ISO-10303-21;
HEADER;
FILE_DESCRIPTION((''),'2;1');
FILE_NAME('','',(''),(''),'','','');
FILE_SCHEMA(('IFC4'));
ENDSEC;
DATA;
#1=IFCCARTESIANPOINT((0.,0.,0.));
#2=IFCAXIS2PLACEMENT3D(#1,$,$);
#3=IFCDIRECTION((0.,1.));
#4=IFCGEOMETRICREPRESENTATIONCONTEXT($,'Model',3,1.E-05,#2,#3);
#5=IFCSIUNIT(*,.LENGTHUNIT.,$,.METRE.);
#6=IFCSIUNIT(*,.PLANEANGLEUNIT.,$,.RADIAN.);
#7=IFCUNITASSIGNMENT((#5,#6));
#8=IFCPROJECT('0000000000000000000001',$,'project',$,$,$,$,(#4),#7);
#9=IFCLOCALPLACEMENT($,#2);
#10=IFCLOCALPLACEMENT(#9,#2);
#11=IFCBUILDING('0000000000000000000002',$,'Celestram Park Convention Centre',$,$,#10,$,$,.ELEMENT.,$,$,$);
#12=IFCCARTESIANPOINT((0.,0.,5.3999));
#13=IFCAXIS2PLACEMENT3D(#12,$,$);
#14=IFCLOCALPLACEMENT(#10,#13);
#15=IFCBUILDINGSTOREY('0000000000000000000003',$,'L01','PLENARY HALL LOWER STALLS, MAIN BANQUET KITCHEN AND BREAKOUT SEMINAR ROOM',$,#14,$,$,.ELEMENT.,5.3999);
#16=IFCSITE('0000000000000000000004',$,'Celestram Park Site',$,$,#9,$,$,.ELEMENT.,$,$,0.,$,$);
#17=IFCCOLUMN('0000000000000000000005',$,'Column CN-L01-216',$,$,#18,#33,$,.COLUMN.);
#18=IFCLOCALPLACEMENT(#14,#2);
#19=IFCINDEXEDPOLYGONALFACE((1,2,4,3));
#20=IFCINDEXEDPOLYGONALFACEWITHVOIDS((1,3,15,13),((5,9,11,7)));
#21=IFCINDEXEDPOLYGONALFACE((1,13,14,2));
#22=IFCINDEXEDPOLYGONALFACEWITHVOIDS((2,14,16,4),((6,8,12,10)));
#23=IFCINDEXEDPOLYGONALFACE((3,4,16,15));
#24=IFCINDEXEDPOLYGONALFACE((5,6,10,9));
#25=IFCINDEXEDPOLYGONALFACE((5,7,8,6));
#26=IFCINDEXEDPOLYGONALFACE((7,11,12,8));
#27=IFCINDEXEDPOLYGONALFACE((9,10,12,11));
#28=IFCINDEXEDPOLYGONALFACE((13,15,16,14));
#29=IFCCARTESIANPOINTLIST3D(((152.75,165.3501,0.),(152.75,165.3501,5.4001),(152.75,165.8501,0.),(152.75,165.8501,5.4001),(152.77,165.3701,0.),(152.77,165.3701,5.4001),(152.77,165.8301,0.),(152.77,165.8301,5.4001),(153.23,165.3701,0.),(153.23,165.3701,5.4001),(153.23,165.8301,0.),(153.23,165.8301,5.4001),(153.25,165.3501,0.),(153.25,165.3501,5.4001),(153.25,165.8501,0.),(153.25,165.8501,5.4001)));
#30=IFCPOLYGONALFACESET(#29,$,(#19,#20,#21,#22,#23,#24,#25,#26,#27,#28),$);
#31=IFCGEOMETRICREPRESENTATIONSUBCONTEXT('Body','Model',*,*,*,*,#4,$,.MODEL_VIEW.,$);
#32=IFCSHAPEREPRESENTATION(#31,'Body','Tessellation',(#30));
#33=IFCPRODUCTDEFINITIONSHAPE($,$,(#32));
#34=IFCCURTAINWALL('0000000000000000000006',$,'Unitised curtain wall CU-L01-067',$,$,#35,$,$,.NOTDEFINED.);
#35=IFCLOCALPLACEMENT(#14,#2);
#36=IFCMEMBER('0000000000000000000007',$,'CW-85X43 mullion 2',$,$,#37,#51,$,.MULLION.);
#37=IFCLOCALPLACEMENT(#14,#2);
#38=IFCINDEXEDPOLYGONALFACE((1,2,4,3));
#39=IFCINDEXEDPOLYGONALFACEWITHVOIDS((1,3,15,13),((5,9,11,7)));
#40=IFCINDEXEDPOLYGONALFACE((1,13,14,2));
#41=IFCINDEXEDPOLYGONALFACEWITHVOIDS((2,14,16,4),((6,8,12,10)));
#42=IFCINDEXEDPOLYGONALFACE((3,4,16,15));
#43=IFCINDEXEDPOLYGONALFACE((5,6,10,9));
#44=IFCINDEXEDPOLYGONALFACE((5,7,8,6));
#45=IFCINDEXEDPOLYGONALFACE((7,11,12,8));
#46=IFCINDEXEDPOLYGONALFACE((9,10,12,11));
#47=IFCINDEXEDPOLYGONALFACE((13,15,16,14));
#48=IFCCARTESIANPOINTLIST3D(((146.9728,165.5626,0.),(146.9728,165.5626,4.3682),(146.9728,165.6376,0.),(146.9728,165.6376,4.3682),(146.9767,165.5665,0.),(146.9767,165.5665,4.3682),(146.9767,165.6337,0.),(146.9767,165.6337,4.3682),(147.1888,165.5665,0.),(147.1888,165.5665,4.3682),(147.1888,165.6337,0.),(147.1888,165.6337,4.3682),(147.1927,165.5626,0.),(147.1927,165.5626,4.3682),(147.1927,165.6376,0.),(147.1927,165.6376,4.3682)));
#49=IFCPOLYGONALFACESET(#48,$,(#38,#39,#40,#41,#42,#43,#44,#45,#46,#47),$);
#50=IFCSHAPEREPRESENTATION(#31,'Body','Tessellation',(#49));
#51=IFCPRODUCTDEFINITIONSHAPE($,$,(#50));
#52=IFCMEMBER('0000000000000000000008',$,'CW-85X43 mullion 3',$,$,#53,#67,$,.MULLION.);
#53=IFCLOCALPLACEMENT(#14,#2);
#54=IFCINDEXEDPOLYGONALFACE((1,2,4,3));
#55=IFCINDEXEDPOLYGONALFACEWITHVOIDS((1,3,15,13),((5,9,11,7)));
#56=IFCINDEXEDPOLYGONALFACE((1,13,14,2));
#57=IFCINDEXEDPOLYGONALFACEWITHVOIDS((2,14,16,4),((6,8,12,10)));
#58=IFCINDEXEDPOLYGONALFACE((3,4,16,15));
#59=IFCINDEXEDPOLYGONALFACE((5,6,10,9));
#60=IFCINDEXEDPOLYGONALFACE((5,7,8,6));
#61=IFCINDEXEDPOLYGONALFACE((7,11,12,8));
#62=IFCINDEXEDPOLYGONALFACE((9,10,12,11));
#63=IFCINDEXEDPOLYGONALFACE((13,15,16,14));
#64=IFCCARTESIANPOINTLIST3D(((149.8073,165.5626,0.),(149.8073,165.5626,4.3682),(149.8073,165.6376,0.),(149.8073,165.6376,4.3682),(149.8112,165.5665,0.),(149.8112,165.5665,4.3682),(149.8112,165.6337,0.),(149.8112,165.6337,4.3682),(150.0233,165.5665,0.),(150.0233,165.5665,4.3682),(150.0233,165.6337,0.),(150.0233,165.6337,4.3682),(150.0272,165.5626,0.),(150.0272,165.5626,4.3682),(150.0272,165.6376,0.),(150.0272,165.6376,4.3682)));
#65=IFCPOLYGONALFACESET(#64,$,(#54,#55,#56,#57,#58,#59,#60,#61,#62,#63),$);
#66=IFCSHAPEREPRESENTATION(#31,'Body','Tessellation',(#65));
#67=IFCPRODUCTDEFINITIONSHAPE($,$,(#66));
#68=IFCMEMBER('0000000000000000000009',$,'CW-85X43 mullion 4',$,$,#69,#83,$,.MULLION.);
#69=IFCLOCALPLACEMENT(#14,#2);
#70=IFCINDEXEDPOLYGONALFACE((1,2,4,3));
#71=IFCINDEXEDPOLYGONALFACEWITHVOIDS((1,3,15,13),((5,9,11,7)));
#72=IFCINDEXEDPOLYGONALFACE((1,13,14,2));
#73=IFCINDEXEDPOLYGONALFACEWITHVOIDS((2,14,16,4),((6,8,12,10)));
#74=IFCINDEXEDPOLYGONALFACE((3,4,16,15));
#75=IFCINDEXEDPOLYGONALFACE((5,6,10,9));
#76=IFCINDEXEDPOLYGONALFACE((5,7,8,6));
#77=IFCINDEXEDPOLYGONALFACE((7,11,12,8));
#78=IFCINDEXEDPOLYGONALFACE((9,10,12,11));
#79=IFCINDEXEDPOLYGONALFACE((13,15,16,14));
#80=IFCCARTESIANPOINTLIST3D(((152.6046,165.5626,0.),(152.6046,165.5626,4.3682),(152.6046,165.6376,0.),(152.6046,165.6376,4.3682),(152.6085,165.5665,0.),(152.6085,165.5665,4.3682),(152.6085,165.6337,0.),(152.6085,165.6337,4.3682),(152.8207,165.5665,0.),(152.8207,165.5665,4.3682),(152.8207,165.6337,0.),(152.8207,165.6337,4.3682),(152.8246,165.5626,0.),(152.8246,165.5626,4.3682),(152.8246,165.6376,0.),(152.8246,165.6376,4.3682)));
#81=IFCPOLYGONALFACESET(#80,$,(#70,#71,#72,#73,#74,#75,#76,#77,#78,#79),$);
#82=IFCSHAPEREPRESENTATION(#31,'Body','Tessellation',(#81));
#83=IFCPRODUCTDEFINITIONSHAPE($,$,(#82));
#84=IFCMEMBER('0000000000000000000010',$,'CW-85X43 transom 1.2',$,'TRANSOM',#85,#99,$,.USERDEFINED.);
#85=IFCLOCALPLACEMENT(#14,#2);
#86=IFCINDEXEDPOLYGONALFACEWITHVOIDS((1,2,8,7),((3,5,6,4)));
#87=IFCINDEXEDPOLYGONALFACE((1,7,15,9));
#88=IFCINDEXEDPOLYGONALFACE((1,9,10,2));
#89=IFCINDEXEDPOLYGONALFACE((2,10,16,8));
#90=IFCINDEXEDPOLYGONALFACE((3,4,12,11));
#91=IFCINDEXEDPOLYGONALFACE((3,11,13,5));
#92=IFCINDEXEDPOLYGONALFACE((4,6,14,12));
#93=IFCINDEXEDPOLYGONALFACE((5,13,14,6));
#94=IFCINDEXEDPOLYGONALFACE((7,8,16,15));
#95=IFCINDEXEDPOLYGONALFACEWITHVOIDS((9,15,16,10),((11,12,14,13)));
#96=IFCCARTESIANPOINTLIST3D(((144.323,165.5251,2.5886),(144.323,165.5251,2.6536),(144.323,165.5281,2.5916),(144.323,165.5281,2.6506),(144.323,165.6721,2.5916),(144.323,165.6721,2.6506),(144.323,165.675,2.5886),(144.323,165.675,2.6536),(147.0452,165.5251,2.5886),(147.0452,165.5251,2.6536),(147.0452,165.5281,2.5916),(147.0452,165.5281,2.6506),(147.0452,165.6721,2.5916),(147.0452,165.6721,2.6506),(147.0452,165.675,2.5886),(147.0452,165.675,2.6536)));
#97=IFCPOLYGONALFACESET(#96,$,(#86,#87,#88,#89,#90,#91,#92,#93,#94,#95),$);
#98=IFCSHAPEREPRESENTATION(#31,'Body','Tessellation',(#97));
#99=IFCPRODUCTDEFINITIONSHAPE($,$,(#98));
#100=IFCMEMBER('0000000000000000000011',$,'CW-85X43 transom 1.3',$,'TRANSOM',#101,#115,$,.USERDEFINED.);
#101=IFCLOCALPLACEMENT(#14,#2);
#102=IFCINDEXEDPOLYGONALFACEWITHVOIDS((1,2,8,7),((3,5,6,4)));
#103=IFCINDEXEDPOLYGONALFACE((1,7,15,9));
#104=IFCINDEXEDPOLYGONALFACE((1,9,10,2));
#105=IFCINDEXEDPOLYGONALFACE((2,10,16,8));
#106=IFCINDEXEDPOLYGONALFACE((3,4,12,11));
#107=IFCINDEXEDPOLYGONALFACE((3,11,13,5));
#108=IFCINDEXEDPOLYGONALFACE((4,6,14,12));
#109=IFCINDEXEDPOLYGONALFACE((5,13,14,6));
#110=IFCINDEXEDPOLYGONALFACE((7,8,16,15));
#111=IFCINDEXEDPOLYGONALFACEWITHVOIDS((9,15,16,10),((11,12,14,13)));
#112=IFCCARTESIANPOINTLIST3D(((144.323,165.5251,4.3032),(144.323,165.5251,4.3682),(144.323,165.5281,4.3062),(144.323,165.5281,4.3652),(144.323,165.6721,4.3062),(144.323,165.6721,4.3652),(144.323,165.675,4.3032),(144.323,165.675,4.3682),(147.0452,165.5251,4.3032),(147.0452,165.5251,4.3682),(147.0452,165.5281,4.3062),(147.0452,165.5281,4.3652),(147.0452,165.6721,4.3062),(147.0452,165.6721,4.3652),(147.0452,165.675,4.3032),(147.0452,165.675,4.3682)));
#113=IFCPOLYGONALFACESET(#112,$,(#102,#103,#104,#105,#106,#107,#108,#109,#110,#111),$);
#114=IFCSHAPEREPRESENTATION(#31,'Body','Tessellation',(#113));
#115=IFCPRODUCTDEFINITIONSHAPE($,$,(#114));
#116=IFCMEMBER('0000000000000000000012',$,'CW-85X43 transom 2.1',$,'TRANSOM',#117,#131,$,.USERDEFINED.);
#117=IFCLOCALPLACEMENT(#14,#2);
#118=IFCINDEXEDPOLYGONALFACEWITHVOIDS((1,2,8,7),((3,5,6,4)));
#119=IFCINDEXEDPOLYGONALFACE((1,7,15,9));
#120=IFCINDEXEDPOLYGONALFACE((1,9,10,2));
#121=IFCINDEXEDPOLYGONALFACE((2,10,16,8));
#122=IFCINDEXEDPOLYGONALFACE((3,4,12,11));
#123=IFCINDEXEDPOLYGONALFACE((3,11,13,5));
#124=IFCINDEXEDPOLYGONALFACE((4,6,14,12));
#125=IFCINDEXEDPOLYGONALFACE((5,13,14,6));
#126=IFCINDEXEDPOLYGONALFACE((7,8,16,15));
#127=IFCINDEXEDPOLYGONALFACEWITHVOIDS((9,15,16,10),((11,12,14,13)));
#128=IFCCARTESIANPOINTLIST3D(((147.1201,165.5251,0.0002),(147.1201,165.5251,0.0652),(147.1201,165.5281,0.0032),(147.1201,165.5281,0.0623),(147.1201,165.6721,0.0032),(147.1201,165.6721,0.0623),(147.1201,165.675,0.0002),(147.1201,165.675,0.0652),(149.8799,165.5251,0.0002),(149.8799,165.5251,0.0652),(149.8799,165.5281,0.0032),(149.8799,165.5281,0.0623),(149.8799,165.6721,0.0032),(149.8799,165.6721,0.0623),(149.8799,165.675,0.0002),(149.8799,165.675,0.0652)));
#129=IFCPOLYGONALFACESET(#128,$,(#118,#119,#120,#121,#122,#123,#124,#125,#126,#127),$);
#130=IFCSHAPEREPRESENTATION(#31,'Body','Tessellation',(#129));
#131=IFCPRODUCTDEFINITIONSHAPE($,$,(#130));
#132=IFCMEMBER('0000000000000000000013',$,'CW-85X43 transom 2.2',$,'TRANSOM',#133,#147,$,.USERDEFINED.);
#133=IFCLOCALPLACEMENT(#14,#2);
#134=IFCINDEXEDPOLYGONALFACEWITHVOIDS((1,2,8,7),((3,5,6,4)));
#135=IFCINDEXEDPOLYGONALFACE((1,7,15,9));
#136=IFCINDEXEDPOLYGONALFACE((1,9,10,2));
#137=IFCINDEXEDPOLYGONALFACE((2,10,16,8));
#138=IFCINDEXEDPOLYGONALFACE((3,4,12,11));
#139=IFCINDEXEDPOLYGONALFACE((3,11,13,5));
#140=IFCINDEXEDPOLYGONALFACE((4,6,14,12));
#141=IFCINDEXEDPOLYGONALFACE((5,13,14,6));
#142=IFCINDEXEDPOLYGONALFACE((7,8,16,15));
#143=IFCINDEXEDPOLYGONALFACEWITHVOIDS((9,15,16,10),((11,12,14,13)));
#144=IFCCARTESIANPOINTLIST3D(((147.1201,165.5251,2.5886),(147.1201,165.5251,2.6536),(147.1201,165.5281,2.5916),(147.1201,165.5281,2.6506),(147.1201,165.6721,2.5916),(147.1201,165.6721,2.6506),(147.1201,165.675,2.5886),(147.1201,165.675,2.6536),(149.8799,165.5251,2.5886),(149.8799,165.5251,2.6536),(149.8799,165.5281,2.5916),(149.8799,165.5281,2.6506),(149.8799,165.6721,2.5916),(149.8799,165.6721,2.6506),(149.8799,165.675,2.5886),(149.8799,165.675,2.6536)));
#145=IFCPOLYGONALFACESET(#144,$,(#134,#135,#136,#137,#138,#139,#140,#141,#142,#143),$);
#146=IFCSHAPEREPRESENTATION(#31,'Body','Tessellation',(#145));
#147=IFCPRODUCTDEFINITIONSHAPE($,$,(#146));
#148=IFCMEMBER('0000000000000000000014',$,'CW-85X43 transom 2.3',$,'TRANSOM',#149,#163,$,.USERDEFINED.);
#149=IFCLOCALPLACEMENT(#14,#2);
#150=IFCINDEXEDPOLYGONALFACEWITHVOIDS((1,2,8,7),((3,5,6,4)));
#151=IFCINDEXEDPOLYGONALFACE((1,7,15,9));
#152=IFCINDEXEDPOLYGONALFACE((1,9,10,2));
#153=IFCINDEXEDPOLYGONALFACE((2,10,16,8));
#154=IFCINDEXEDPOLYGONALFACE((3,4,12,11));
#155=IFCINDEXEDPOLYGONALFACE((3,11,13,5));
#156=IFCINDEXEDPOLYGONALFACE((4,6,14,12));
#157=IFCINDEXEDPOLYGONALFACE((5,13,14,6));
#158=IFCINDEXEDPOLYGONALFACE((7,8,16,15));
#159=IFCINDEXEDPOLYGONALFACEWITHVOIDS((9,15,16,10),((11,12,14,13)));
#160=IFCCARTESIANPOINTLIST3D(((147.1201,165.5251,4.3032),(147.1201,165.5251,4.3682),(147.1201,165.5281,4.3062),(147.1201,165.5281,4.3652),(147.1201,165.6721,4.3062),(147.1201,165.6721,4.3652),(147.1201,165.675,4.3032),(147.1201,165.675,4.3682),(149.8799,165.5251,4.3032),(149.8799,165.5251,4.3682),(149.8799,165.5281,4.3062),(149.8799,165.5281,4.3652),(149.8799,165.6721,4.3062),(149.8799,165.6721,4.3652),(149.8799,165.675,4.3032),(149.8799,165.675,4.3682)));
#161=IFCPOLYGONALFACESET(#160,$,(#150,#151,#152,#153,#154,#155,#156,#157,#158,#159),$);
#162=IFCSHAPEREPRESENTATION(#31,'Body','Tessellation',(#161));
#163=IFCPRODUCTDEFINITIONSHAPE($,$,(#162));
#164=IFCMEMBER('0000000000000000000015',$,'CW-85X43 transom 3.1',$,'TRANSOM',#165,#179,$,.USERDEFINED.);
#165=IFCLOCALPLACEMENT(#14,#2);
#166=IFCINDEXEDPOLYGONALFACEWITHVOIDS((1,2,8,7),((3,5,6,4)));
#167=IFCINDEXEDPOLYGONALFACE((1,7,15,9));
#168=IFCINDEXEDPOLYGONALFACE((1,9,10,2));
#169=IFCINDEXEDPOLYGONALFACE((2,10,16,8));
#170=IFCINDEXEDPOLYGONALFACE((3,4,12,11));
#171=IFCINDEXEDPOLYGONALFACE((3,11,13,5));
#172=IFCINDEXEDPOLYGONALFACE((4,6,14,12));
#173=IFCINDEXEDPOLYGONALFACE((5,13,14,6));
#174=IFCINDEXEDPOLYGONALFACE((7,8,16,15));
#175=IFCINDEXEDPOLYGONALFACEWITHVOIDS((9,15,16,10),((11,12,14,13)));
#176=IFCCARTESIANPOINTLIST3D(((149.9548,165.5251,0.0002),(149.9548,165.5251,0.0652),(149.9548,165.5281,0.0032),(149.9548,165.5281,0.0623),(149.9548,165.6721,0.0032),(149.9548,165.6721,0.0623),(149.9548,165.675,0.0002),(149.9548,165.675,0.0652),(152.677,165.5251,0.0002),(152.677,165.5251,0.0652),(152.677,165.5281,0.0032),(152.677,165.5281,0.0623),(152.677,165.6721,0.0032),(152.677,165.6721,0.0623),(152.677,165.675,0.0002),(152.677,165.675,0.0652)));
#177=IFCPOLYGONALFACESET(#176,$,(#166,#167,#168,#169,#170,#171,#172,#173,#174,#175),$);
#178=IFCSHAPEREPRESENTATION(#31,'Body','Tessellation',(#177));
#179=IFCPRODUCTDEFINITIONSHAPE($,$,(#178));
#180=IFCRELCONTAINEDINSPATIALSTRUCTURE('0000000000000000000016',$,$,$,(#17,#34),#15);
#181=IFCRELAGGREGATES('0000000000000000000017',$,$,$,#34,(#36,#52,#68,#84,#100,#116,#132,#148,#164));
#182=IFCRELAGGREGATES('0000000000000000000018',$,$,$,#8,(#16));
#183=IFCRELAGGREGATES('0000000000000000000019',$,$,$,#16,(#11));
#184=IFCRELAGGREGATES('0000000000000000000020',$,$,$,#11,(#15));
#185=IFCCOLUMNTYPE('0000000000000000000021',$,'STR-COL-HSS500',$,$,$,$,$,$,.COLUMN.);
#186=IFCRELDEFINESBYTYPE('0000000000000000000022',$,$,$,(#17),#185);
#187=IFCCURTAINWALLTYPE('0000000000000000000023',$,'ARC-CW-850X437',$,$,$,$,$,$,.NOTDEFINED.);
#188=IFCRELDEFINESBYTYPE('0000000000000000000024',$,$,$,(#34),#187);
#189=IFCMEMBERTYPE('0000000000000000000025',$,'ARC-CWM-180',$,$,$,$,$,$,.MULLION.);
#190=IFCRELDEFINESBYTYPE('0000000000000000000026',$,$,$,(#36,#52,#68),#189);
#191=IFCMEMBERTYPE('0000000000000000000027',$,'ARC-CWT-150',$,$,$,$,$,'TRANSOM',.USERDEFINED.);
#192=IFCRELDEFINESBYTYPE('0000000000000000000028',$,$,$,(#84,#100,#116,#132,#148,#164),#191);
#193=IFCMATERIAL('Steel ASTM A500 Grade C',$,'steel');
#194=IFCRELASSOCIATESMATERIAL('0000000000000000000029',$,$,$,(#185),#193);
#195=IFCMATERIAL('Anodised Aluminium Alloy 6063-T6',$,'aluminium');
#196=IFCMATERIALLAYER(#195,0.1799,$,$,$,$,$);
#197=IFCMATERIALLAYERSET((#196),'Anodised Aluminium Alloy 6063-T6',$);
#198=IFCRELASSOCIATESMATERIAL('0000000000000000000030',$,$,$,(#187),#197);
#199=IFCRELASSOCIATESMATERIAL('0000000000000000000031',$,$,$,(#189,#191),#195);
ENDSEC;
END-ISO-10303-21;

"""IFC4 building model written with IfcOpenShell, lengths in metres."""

from ifc_helpers import new_model, si_unit, direction, frame, origin, origin_2d, place, context, subcontext, project, spatial, hollow_rectangle, extrude, material, layer, layer_set, material_profile, profile_set, type_object, element, aggregate, save


model = new_model("IFC4")

# Units and contexts
model_context = context("Model", 3, precision=1e-05, world=origin(), true_north=direction((0.0, 1.0)))
body_context = subcontext(model_context, "Body", "Model", "MODEL_VIEW")
ifc_project = project(units=[si_unit("LENGTHUNIT", "METRE"), si_unit("PLANEANGLEUNIT", "RADIAN")], contexts=[model_context])

# Site, building, storey
site_placement = place(None, origin())
site = spatial("IfcSite", under=ifc_project, at=site_placement, Name="Celestram Park Site", CompositionType="ELEMENT", RefElevation=0.0)
building_placement = place(site_placement, origin())
building = spatial("IfcBuilding", under=site, at=building_placement, Name="Celestram Park Convention Centre", CompositionType="ELEMENT")
storey_placement = place(building_placement, frame((0.0, 0.0, 5.3999)))
storey = spatial("IfcBuildingStorey", under=building, at=storey_placement, Name="L01", Description="PLENARY HALL LOWER STALLS, MAIN BANQUET KITCHEN AND BREAKOUT SEMINAR ROOM", CompositionType="ELEMENT", Elevation=5.3999)

# Column
ifc_material_1 = material(Name="Steel ASTM A500 Grade C", Category="steel")
ifc_material_profile_1 = material_profile(ifc_material_1, hollow_rectangle(XDim=0.5, YDim=0.5, WallThickness=0.02, at=origin_2d()), Name="HSS500X500X20")
ifc_profile_set_1 = profile_set([ifc_material_profile_1], Name="Steel ASTM A500 Grade C")
column_type = type_object("IfcColumnType", Name="STR-COL-HSS500", PredefinedType="COLUMN", material=ifc_profile_set_1)
column_placement = place(storey_placement, frame((153.0, 165.6001, 0.0), z_axis=(0.0, 0.0, 1.0), x_axis=(1.0, 0.0, 0.0)))
element("IfcColumn", 1, at=column_placement, inside=storey, type_object=column_type, Name="Column CN-L01-216", PredefinedType="COLUMN", context=body_context, shape_type="SweptSolid", body=[
    extrude(hollow_rectangle(XDim=0.5, YDim=0.5, WallThickness=0.02, at=origin_2d()), origin(), (0.0, 0.0, 1.0), 5.4001),
])

# Curtain wall, members
ifc_material_2 = material(Name="Anodised Aluminium Alloy 6063-T6", Category="aluminium")
ifc_layer_1 = layer(ifc_material_2, 0.1799)
ifc_layer_set_1 = layer_set([ifc_layer_1], Name="Anodised Aluminium Alloy 6063-T6")
curtain_wall_type = type_object("IfcCurtainWallType", Name="ARC-CW-850X437", PredefinedType="NOTDEFINED", material=ifc_layer_set_1)
curtain_wall_placement = place(storey_placement, origin())
curtain_wall = element("IfcCurtainWall", 2, at=curtain_wall_placement, inside=storey, type_object=curtain_wall_type, Name="Unitised curtain wall CU-L01-067", PredefinedType="NOTDEFINED")
ifc_material_profile_2 = material_profile(ifc_material_2, hollow_rectangle(XDim=0.075, YDim=0.22, WallThickness=0.0039, at=origin_2d()), Name="ALU75X220X4")
ifc_profile_set_2 = profile_set([ifc_material_profile_2], Name="Anodised Aluminium Alloy 6063-T6")
member_type_1 = type_object("IfcMemberType", Name="ARC-CWM-180", PredefinedType="MULLION", material=ifc_profile_set_2)
member_1_placement = place(storey_placement, frame((147.0828, 165.6001, 0.0), z_axis=(0.0, 0.0, 1.0), x_axis=(0.0, 1.0, 0.0)))
member_1 = element("IfcMember", 3, at=member_1_placement, type_object=member_type_1, Name="CW-85X43 mullion 2", PredefinedType="MULLION", context=body_context, shape_type="SweptSolid", body=[
    extrude(hollow_rectangle(XDim=0.075, YDim=0.22, WallThickness=0.0039, at=origin_2d()), origin(), (0.0, 0.0, 1.0), 4.3682),
])
member_2_placement = place(storey_placement, frame((149.9172, 165.6001, 0.0), z_axis=(0.0, 0.0, 1.0), x_axis=(0.0, 1.0, 0.0)))
member_2 = element("IfcMember", 4, at=member_2_placement, type_object=member_type_1, Name="CW-85X43 mullion 3", PredefinedType="MULLION", context=body_context, shape_type="SweptSolid", body=[
    extrude(hollow_rectangle(XDim=0.075, YDim=0.22, WallThickness=0.0039, at=origin_2d()), origin(), (0.0, 0.0, 1.0), 4.3682),
])
member_3_placement = place(storey_placement, frame((152.7146, 165.6001, 0.0), z_axis=(0.0, 0.0, 1.0), x_axis=(0.0, 1.0, 0.0)))
member_3 = element("IfcMember", 5, at=member_3_placement, type_object=member_type_1, Name="CW-85X43 mullion 4", PredefinedType="MULLION", context=body_context, shape_type="SweptSolid", body=[
    extrude(hollow_rectangle(XDim=0.075, YDim=0.22, WallThickness=0.0039, at=origin_2d()), origin(), (0.0, 0.0, 1.0), 4.3682),
])
ifc_material_profile_3 = material_profile(ifc_material_2, hollow_rectangle(XDim=0.1499, YDim=0.0649, WallThickness=0.0029, at=origin_2d()), Name="ALU150X65X3")
ifc_profile_set_3 = profile_set([ifc_material_profile_3], Name="Anodised Aluminium Alloy 6063-T6")
member_type_2 = type_object("IfcMemberType", Name="ARC-CWT-150", ElementType="TRANSOM", PredefinedType="USERDEFINED", material=ifc_profile_set_3)
member_4_placement = place(storey_placement, frame((144.323, 165.6001, 2.6211), z_axis=(1.0, 0.0, 0.0), x_axis=(0.0, 1.0, 0.0)))
member_4 = element("IfcMember", 6, at=member_4_placement, type_object=member_type_2, Name="CW-85X43 transom 1.2", ObjectType="TRANSOM", PredefinedType="USERDEFINED", context=body_context, shape_type="SweptSolid", body=[
    extrude(hollow_rectangle(XDim=0.1499, YDim=0.0649, WallThickness=0.0029, at=origin_2d()), origin(), (0.0, 0.0, 1.0), 2.7222),
])
member_5_placement = place(storey_placement, frame((144.323, 165.6001, 4.3357), z_axis=(1.0, 0.0, 0.0), x_axis=(0.0, 1.0, 0.0)))
member_5 = element("IfcMember", 7, at=member_5_placement, type_object=member_type_2, Name="CW-85X43 transom 1.3", ObjectType="TRANSOM", PredefinedType="USERDEFINED", context=body_context, shape_type="SweptSolid", body=[
    extrude(hollow_rectangle(XDim=0.1499, YDim=0.0649, WallThickness=0.0029, at=origin_2d()), origin(), (0.0, 0.0, 1.0), 2.7222),
])
member_6_placement = place(storey_placement, frame((147.1201, 165.6001, 0.0327), z_axis=(1.0, 0.0, 0.0), x_axis=(0.0, 1.0, 0.0)))
member_6 = element("IfcMember", 8, at=member_6_placement, type_object=member_type_2, Name="CW-85X43 transom 2.1", ObjectType="TRANSOM", PredefinedType="USERDEFINED", context=body_context, shape_type="SweptSolid", body=[
    extrude(hollow_rectangle(XDim=0.1499, YDim=0.0649, WallThickness=0.0029, at=origin_2d()), origin(), (0.0, 0.0, 1.0), 2.7598),
])
member_7_placement = place(storey_placement, frame((147.1201, 165.6001, 2.6211), z_axis=(1.0, 0.0, 0.0), x_axis=(0.0, 1.0, 0.0)))
member_7 = element("IfcMember", 9, at=member_7_placement, type_object=member_type_2, Name="CW-85X43 transom 2.2", ObjectType="TRANSOM", PredefinedType="USERDEFINED", context=body_context, shape_type="SweptSolid", body=[
    extrude(hollow_rectangle(XDim=0.1499, YDim=0.0649, WallThickness=0.0029, at=origin_2d()), origin(), (0.0, 0.0, 1.0), 2.7598),
])
member_8_placement = place(storey_placement, frame((147.1201, 165.6001, 4.3357), z_axis=(1.0, 0.0, 0.0), x_axis=(0.0, 1.0, 0.0)))
member_8 = element("IfcMember", 10, at=member_8_placement, type_object=member_type_2, Name="CW-85X43 transom 2.3", ObjectType="TRANSOM", PredefinedType="USERDEFINED", context=body_context, shape_type="SweptSolid", body=[
    extrude(hollow_rectangle(XDim=0.1499, YDim=0.0649, WallThickness=0.0029, at=origin_2d()), origin(), (0.0, 0.0, 1.0), 2.7598),
])
member_9_placement = place(storey_placement, frame((149.9548, 165.6001, 0.0327), z_axis=(1.0, 0.0, 0.0), x_axis=(0.0, 1.0, 0.0)))
member_9 = element("IfcMember", 11, at=member_9_placement, type_object=member_type_2, Name="CW-85X43 transom 3.1", ObjectType="TRANSOM", PredefinedType="USERDEFINED", context=body_context, shape_type="SweptSolid", body=[
    extrude(hollow_rectangle(XDim=0.1499, YDim=0.0649, WallThickness=0.0029, at=origin_2d()), origin(), (0.0, 0.0, 1.0), 2.7222),
])

aggregate(curtain_wall, [member_1, member_2, member_3, member_4, member_5, member_6, member_7, member_8, member_9])

save(model, "model.ifc")
